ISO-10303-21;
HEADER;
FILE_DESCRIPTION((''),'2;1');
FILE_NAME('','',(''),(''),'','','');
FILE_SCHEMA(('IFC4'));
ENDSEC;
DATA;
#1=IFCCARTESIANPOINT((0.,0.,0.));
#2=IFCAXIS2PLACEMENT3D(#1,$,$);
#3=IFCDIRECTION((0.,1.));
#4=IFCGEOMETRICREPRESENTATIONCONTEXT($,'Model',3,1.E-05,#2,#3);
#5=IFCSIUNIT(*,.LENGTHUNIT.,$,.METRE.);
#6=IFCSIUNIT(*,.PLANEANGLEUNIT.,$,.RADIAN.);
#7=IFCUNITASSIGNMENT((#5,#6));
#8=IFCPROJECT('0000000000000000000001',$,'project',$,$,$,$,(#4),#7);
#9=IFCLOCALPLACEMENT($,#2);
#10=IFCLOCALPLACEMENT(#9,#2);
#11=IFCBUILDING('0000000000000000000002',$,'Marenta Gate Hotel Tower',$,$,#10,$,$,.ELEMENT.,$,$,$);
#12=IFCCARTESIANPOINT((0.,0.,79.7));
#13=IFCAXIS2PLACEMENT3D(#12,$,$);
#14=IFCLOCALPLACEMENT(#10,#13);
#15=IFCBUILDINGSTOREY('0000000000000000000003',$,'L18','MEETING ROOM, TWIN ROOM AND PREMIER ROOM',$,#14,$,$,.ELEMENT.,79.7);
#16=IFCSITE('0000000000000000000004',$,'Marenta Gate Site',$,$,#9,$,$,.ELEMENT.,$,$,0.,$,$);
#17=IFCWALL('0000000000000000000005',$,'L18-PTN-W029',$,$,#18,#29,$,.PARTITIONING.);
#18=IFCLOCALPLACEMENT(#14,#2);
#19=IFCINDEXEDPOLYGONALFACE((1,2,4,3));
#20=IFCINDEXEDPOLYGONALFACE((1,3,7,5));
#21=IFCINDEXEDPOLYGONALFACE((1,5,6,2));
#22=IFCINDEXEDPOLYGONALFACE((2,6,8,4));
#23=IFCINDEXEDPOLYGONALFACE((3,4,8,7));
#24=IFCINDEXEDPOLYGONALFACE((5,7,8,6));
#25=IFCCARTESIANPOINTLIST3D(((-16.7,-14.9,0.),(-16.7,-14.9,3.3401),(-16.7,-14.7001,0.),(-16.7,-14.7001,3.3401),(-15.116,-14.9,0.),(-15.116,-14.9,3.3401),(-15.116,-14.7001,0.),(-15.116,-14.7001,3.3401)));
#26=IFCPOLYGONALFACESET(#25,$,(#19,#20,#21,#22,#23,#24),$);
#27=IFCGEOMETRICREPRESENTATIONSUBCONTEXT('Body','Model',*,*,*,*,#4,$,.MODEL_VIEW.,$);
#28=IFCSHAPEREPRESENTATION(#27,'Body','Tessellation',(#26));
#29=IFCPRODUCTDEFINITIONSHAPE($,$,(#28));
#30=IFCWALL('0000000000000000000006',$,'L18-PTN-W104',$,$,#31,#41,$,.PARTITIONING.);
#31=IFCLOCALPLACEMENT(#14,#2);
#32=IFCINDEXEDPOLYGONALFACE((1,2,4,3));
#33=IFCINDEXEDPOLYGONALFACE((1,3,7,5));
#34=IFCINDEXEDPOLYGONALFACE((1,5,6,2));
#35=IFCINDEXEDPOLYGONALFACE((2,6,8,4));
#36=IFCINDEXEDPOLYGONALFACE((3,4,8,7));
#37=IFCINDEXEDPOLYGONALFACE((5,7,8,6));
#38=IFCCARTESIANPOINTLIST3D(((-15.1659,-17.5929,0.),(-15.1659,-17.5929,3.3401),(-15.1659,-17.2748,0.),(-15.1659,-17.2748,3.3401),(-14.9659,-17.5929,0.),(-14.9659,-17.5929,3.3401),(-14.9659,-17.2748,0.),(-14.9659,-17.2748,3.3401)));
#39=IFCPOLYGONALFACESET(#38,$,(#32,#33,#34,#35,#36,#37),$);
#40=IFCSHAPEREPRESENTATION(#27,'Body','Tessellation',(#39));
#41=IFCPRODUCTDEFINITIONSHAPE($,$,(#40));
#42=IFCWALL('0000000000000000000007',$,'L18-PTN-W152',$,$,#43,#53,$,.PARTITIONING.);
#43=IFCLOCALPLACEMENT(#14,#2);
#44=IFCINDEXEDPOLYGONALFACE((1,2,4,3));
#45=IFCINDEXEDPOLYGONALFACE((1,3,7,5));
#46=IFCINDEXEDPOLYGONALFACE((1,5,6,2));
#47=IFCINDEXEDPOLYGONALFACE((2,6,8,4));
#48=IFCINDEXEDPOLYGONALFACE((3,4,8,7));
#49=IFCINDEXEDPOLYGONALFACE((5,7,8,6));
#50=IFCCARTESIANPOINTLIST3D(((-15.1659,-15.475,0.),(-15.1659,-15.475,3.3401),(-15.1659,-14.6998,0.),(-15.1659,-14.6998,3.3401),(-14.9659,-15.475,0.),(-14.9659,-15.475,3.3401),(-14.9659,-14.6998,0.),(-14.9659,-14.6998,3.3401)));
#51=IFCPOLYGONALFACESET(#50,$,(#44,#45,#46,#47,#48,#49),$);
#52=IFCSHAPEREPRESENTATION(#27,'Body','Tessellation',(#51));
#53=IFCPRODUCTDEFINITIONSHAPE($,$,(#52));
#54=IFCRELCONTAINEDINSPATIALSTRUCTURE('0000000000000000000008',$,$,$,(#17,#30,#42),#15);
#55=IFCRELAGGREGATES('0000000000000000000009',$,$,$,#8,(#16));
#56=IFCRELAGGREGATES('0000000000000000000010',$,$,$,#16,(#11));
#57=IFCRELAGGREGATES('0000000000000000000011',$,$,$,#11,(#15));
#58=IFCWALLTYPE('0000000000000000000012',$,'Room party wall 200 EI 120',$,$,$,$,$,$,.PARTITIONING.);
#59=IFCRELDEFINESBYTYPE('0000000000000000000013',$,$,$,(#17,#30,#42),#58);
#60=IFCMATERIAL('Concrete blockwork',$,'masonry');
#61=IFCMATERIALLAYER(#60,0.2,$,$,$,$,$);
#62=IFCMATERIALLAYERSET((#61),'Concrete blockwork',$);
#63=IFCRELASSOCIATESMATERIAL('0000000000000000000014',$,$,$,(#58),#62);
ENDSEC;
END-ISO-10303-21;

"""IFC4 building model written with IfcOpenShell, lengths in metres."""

from ifc_helpers import new_model, si_unit, direction, frame, frame_2d, origin, place, context, subcontext, project, spatial, rectangle, extrude, material, layer, layer_set, type_object, element, save


model = new_model("IFC4")

# Units and contexts
model_context = context("Model", 3, precision=1e-05, world=origin(), true_north=direction((0.0, 1.0)))
body_context = subcontext(model_context, "Body", "Model", "MODEL_VIEW")
ifc_project = project(units=[si_unit("LENGTHUNIT", "METRE"), si_unit("PLANEANGLEUNIT", "RADIAN")], contexts=[model_context])

# Site, building, storey
site_placement = place(None, origin())
site = spatial("IfcSite", under=ifc_project, at=site_placement, Name="Marenta Gate Site", CompositionType="ELEMENT", RefElevation=0.0)
building_placement = place(site_placement, origin())
building = spatial("IfcBuilding", under=site, at=building_placement, Name="Marenta Gate Hotel Tower", CompositionType="ELEMENT")
storey_placement = place(building_placement, frame((0.0, 0.0, 79.7)))
storey = spatial("IfcBuildingStorey", under=building, at=storey_placement, Name="L18", Description="MEETING ROOM, TWIN ROOM AND PREMIER ROOM", CompositionType="ELEMENT", Elevation=79.7)

# Walls
ifc_material_1 = material(Name="Concrete blockwork", Category="masonry")
ifc_layer_1 = layer(ifc_material_1, 0.2)
ifc_layer_set_1 = layer_set([ifc_layer_1], Name="Concrete blockwork")
wall_type_1 = type_object("IfcWallType", Name="Room party wall 200 EI 120", PredefinedType="PARTITIONING", material=ifc_layer_set_1)
wall_1_placement = place(storey_placement, frame((-16.7, -14.8, 0.0), z_axis=(0.0, 0.0, 1.0), x_axis=(1.0, 0.0, 0.0)))
element("IfcWall", 1, at=wall_1_placement, inside=storey, type_object=wall_type_1, Name="L18-PTN-W029", PredefinedType="PARTITIONING", context=body_context, shape_type="SweptSolid", body=[
    extrude(rectangle(XDim=1.584, YDim=0.2, at=frame_2d((0.792, 0.0))), origin(), (0.0, 0.0, 1.0), 3.3401),
])
wall_2_placement = place(storey_placement, frame((-15.0659, -17.593, 0.0), z_axis=(0.0, 0.0, 1.0), x_axis=(0.0, 1.0, 0.0)))
element("IfcWall", 2, at=wall_2_placement, inside=storey, type_object=wall_type_1, Name="L18-PTN-W104", PredefinedType="PARTITIONING", context=body_context, shape_type="SweptSolid", body=[
    extrude(rectangle(XDim=0.3181, YDim=0.2, at=frame_2d((0.1592, 0.0))), origin(), (0.0, 0.0, 1.0), 3.3401),
])
wall_3_placement = place(storey_placement, frame((-15.0659, -15.4751, 0.0), z_axis=(0.0, 0.0, 1.0), x_axis=(0.0, 1.0, 0.0)))
element("IfcWall", 3, at=wall_3_placement, inside=storey, type_object=wall_type_1, Name="L18-PTN-W152", PredefinedType="PARTITIONING", context=body_context, shape_type="SweptSolid", body=[
    extrude(rectangle(XDim=0.7751, YDim=0.2, at=frame_2d((0.3877, 0.0))), origin(), (0.0, 0.0, 1.0), 3.3401),
])

save(model, "model.ifc")
